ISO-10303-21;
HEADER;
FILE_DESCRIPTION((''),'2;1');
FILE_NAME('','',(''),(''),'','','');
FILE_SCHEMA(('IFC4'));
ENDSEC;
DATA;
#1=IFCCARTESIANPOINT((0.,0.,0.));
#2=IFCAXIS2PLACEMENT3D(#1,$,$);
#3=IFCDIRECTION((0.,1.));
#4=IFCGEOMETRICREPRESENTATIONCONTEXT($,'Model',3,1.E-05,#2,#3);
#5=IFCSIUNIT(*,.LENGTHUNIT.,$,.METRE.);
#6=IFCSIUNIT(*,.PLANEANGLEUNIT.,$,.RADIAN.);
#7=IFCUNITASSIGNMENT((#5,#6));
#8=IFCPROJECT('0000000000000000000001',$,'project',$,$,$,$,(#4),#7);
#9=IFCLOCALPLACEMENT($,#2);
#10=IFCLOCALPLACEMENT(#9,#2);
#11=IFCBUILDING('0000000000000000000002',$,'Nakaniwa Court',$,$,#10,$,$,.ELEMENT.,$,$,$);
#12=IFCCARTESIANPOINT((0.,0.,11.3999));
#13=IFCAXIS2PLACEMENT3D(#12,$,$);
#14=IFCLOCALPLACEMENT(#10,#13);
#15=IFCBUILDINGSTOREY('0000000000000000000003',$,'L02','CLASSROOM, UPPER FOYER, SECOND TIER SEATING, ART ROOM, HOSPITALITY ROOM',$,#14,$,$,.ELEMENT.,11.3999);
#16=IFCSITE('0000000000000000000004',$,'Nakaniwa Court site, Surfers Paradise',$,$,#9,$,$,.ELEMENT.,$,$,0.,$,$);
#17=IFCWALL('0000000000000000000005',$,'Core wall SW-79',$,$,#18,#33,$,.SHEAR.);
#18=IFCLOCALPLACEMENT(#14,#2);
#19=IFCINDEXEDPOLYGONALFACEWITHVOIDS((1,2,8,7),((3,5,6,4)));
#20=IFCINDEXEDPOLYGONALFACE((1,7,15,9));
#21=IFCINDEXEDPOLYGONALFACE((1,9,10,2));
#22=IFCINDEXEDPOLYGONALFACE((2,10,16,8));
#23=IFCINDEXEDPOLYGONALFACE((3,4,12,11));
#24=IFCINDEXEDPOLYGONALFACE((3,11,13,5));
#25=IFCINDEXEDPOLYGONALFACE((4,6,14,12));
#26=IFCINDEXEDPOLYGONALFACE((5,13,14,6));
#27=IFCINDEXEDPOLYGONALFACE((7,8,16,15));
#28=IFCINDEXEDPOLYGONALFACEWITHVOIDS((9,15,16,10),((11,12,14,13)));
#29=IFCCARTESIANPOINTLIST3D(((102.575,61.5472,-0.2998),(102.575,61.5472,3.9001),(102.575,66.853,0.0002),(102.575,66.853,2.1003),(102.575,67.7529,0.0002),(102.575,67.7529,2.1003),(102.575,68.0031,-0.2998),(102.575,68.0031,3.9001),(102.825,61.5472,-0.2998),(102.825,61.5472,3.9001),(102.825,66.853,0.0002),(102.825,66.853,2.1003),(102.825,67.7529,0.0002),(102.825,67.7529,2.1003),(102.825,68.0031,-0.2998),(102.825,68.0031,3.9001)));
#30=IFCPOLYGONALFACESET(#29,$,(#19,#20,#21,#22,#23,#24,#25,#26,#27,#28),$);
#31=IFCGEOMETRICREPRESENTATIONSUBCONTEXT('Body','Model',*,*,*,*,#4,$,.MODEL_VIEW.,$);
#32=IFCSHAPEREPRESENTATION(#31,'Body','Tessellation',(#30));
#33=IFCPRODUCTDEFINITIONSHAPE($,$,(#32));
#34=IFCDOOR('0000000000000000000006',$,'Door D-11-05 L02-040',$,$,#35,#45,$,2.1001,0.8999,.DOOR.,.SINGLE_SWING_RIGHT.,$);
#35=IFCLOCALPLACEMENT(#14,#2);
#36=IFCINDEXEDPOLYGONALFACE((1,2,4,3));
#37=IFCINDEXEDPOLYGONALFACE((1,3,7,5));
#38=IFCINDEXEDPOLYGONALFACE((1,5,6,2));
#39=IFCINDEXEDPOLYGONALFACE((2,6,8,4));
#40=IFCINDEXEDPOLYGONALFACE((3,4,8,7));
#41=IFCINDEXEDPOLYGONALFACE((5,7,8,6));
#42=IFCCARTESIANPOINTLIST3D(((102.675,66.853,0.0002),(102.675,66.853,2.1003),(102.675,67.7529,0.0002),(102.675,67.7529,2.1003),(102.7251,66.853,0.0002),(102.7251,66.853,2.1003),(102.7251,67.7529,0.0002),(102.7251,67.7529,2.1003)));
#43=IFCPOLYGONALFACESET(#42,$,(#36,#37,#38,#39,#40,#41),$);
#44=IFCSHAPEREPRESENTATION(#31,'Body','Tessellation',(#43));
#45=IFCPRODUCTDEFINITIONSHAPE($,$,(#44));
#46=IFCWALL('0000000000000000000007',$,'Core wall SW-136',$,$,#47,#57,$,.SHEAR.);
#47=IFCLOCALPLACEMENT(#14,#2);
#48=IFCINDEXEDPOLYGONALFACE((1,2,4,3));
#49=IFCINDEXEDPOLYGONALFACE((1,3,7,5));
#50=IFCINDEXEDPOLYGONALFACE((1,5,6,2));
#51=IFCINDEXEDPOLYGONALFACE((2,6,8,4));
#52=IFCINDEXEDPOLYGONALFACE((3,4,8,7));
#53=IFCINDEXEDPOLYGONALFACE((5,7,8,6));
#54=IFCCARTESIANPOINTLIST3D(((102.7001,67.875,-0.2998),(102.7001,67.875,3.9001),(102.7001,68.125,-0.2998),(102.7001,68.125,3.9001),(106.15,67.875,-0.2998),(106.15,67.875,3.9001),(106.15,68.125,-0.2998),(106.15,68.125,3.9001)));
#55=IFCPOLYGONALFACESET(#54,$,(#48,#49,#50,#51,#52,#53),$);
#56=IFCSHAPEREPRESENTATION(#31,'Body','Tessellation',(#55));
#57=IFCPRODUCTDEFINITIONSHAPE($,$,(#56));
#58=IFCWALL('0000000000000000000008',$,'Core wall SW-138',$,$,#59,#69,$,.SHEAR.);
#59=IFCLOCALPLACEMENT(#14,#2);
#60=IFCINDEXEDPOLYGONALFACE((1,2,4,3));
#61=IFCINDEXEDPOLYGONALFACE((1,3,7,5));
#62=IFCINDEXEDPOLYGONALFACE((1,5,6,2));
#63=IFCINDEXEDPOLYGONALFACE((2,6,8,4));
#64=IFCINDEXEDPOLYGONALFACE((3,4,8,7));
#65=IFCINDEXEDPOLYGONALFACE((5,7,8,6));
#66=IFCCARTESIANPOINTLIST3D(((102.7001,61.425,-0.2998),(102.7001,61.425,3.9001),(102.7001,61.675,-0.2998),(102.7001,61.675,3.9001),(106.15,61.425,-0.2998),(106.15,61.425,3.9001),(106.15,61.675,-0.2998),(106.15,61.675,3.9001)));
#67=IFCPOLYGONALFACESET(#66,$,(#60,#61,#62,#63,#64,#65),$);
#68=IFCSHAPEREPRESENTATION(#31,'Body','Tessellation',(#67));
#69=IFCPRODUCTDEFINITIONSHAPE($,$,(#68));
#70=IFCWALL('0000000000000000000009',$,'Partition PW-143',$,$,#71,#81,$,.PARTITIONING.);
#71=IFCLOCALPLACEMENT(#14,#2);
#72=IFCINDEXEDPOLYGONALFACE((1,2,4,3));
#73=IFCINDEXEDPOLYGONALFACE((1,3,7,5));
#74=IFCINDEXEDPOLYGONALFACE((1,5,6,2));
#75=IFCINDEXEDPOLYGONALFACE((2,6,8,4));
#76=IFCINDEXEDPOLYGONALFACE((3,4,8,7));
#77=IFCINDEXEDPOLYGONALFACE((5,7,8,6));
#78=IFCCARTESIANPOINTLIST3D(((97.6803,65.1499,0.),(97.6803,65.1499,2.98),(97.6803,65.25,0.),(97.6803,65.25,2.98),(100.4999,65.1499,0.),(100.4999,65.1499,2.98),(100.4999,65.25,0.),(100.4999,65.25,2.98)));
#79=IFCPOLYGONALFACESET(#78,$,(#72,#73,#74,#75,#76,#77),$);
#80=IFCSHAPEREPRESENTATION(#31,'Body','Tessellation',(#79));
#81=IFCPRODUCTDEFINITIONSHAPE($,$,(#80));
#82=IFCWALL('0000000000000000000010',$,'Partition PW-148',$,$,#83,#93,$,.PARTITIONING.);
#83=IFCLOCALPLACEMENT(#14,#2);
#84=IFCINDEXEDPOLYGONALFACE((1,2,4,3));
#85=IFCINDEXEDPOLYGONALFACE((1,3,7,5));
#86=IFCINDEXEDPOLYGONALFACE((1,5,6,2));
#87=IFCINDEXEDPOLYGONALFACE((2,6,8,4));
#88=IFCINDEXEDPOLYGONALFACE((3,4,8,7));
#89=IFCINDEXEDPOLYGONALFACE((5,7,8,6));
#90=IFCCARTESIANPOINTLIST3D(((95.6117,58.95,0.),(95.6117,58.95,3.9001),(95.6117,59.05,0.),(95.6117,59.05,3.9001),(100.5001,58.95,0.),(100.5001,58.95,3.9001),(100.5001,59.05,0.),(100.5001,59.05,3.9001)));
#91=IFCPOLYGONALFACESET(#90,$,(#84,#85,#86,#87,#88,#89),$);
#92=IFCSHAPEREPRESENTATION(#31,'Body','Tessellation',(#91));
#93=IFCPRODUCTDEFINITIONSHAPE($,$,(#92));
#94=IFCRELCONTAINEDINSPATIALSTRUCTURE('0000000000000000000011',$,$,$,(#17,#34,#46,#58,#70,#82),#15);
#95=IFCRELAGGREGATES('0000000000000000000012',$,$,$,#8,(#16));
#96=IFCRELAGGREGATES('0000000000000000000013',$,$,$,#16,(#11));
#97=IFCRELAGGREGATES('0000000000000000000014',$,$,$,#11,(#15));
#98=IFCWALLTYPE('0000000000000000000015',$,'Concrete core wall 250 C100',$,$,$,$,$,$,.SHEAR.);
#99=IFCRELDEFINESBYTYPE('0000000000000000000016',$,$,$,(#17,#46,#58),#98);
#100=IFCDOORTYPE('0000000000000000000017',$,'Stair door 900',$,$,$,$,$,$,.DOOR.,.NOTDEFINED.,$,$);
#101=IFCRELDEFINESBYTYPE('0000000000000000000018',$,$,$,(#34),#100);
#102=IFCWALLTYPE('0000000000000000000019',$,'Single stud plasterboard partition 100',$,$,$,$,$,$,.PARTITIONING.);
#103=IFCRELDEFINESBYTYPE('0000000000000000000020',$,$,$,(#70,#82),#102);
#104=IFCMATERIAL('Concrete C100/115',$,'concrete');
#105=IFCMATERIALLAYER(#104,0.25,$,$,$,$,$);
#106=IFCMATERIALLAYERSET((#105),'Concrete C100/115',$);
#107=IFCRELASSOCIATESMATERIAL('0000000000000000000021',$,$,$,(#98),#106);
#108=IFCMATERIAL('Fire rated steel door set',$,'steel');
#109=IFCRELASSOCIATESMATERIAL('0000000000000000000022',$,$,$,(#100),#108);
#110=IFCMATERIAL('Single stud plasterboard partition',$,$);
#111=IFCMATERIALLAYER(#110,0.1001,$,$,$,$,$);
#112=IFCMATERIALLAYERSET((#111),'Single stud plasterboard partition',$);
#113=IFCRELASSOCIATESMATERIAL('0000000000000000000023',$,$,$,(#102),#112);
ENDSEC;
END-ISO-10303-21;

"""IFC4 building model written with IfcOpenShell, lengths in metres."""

from ifc_helpers import new_model, si_unit, direction, frame, frame_2d, origin, place, context, subcontext, project, spatial, rectangle, extrude, material, layer, layer_set, type_object, element, fill, save


model = new_model("IFC4")

# Units and contexts
model_context = context("Model", 3, precision=1e-05, world=origin(), true_north=direction((0.0, 1.0)))
body_context = subcontext(model_context, "Body", "Model", "MODEL_VIEW")
ifc_project = project(units=[si_unit("LENGTHUNIT", "METRE"), si_unit("PLANEANGLEUNIT", "RADIAN")], contexts=[model_context])

# Site, building, storey
site_placement = place(None, origin())
site = spatial("IfcSite", under=ifc_project, at=site_placement, Name="Nakaniwa Court site, Surfers Paradise", CompositionType="ELEMENT", RefElevation=0.0)
building_placement = place(site_placement, origin())
building = spatial("IfcBuilding", under=site, at=building_placement, Name="Nakaniwa Court", CompositionType="ELEMENT")
storey_placement = place(building_placement, frame((0.0, 0.0, 11.3999)))
storey = spatial("IfcBuildingStorey", under=building, at=storey_placement, Name="L02", Description="CLASSROOM, UPPER FOYER, SECOND TIER SEATING, ART ROOM, HOSPITALITY ROOM", CompositionType="ELEMENT", Elevation=11.3999)

# Shared definitions
ifc_material_1 = material(Name="Concrete C100/115", Category="concrete")

# Wall, opening, door
ifc_layer_1 = layer(ifc_material_1, 0.25)
ifc_layer_set_1 = layer_set([ifc_layer_1], Name="Concrete C100/115")
wall_type_1 = type_object("IfcWallType", Name="Concrete core wall 250 C100", PredefinedType="SHEAR", material=ifc_layer_set_1)
wall_1_placement = place(storey_placement, frame((102.7, 61.5471, -0.2998), z_axis=(0.0, 0.0, 1.0), x_axis=(0.0, 1.0, 0.0)))
wall_1 = element("IfcWall", 1, at=wall_1_placement, inside=storey, type_object=wall_type_1, Name="Core wall SW-79", PredefinedType="SHEAR", context=body_context, shape_type="SweptSolid", body=[
    extrude(rectangle(XDim=6.4558, YDim=0.25, at=frame_2d((3.228, 0.0))), origin(), (0.0, 0.0, 1.0), 4.2),
])
opening_1_placement = place(wall_1_placement, frame((5.3059, 0.0, 0.3)))
opening_1 = element("IfcOpeningElement", 2, at=opening_1_placement, cuts=wall_1, PredefinedType="OPENING", context=body_context, shape_type="SweptSolid", body=[
    extrude(rectangle(XDim=0.8999, YDim=2.1001, at=frame_2d((0.45, 1.05))), frame((0.0, 0.135, 0.0), z_axis=(0.0, -1.0, 0.0), x_axis=(1.0, 0.0, 0.0)), (0.0, 0.0, 1.0), 0.27),
])
ifc_material_2 = material(Name="Fire rated steel door set", Category="steel")
door_type_1 = type_object("IfcDoorType", Name="Stair door 900", OperationType="NOTDEFINED", PredefinedType="DOOR", material=ifc_material_2)
door_1_placement = place(opening_1_placement, origin())
door_1 = element("IfcDoor", 3, at=door_1_placement, inside=storey, type_object=door_type_1, Name="Door D-11-05 L02-040", OperationType="SINGLE_SWING_RIGHT", OverallHeight=2.1001, OverallWidth=0.8999, PredefinedType="DOOR", context=body_context, shape_type="SweptSolid", body=[
    extrude(rectangle(XDim=0.8999, YDim=2.1001, at=frame_2d((0.45, 1.05))), frame((0.0, 0.0249, 0.0), z_axis=(0.0, -1.0, 0.0), x_axis=(1.0, 0.0, 0.0)), (0.0, 0.0, 1.0), 0.05),
])
fill(opening_1, door_1)

# Walls
for number, where, z_axis, x_axis, name in (
    (4, (102.7, 68.0, -0.2998), (0.0, 0.0, 1.0), (1.0, 0.0, 0.0), "Core wall SW-136"),
    (5, (102.7, 61.55, -0.2998), (0.0, 0.0, 1.0), (1.0, 0.0, 0.0), "Core wall SW-138"),
):
    element("IfcWall", number, at=place(storey_placement, frame(where, z_axis=z_axis, x_axis=x_axis)), inside=storey, type_object=wall_type_1, Name=name, PredefinedType="SHEAR", context=body_context, shape_type="SweptSolid", body=[
        extrude(rectangle(XDim=3.45, YDim=0.25, at=frame_2d((1.7251, 0.0))), origin(), (0.0, 0.0, 1.0), 4.2),
    ])
ifc_material_3 = material(Name="Single stud plasterboard partition")
ifc_layer_2 = layer(ifc_material_3, 0.1001)
ifc_layer_set_2 = layer_set([ifc_layer_2], Name="Single stud plasterboard partition")
wall_type_2 = type_object("IfcWallType", Name="Single stud plasterboard partition 100", PredefinedType="PARTITIONING", material=ifc_layer_set_2)
wall_2_placement = place(storey_placement, frame((97.6804, 65.2, 0.0), z_axis=(0.0, 0.0, 1.0), x_axis=(1.0, 0.0, 0.0)))
element("IfcWall", 6, at=wall_2_placement, inside=storey, type_object=wall_type_2, Name="Partition PW-143", PredefinedType="PARTITIONING", context=body_context, shape_type="SweptSolid", body=[
    extrude(rectangle(XDim=2.8196, YDim=0.1001, at=frame_2d((1.4097, 0.0))), origin(), (0.0, 0.0, 1.0), 2.98),
])
wall_3_placement = place(storey_placement, frame((95.6116, 59.0, 0.0), z_axis=(0.0, 0.0, 1.0), x_axis=(1.0, 0.0, 0.0)))
element("IfcWall", 7, at=wall_3_placement, inside=storey, type_object=wall_type_2, Name="Partition PW-148", PredefinedType="PARTITIONING", context=body_context, shape_type="SweptSolid", body=[
    extrude(rectangle(XDim=4.8884, YDim=0.1001, at=frame_2d((2.4443, 0.0))), origin(), (0.0, 0.0, 1.0), 3.9001),
])

save(model, "model.ifc")
